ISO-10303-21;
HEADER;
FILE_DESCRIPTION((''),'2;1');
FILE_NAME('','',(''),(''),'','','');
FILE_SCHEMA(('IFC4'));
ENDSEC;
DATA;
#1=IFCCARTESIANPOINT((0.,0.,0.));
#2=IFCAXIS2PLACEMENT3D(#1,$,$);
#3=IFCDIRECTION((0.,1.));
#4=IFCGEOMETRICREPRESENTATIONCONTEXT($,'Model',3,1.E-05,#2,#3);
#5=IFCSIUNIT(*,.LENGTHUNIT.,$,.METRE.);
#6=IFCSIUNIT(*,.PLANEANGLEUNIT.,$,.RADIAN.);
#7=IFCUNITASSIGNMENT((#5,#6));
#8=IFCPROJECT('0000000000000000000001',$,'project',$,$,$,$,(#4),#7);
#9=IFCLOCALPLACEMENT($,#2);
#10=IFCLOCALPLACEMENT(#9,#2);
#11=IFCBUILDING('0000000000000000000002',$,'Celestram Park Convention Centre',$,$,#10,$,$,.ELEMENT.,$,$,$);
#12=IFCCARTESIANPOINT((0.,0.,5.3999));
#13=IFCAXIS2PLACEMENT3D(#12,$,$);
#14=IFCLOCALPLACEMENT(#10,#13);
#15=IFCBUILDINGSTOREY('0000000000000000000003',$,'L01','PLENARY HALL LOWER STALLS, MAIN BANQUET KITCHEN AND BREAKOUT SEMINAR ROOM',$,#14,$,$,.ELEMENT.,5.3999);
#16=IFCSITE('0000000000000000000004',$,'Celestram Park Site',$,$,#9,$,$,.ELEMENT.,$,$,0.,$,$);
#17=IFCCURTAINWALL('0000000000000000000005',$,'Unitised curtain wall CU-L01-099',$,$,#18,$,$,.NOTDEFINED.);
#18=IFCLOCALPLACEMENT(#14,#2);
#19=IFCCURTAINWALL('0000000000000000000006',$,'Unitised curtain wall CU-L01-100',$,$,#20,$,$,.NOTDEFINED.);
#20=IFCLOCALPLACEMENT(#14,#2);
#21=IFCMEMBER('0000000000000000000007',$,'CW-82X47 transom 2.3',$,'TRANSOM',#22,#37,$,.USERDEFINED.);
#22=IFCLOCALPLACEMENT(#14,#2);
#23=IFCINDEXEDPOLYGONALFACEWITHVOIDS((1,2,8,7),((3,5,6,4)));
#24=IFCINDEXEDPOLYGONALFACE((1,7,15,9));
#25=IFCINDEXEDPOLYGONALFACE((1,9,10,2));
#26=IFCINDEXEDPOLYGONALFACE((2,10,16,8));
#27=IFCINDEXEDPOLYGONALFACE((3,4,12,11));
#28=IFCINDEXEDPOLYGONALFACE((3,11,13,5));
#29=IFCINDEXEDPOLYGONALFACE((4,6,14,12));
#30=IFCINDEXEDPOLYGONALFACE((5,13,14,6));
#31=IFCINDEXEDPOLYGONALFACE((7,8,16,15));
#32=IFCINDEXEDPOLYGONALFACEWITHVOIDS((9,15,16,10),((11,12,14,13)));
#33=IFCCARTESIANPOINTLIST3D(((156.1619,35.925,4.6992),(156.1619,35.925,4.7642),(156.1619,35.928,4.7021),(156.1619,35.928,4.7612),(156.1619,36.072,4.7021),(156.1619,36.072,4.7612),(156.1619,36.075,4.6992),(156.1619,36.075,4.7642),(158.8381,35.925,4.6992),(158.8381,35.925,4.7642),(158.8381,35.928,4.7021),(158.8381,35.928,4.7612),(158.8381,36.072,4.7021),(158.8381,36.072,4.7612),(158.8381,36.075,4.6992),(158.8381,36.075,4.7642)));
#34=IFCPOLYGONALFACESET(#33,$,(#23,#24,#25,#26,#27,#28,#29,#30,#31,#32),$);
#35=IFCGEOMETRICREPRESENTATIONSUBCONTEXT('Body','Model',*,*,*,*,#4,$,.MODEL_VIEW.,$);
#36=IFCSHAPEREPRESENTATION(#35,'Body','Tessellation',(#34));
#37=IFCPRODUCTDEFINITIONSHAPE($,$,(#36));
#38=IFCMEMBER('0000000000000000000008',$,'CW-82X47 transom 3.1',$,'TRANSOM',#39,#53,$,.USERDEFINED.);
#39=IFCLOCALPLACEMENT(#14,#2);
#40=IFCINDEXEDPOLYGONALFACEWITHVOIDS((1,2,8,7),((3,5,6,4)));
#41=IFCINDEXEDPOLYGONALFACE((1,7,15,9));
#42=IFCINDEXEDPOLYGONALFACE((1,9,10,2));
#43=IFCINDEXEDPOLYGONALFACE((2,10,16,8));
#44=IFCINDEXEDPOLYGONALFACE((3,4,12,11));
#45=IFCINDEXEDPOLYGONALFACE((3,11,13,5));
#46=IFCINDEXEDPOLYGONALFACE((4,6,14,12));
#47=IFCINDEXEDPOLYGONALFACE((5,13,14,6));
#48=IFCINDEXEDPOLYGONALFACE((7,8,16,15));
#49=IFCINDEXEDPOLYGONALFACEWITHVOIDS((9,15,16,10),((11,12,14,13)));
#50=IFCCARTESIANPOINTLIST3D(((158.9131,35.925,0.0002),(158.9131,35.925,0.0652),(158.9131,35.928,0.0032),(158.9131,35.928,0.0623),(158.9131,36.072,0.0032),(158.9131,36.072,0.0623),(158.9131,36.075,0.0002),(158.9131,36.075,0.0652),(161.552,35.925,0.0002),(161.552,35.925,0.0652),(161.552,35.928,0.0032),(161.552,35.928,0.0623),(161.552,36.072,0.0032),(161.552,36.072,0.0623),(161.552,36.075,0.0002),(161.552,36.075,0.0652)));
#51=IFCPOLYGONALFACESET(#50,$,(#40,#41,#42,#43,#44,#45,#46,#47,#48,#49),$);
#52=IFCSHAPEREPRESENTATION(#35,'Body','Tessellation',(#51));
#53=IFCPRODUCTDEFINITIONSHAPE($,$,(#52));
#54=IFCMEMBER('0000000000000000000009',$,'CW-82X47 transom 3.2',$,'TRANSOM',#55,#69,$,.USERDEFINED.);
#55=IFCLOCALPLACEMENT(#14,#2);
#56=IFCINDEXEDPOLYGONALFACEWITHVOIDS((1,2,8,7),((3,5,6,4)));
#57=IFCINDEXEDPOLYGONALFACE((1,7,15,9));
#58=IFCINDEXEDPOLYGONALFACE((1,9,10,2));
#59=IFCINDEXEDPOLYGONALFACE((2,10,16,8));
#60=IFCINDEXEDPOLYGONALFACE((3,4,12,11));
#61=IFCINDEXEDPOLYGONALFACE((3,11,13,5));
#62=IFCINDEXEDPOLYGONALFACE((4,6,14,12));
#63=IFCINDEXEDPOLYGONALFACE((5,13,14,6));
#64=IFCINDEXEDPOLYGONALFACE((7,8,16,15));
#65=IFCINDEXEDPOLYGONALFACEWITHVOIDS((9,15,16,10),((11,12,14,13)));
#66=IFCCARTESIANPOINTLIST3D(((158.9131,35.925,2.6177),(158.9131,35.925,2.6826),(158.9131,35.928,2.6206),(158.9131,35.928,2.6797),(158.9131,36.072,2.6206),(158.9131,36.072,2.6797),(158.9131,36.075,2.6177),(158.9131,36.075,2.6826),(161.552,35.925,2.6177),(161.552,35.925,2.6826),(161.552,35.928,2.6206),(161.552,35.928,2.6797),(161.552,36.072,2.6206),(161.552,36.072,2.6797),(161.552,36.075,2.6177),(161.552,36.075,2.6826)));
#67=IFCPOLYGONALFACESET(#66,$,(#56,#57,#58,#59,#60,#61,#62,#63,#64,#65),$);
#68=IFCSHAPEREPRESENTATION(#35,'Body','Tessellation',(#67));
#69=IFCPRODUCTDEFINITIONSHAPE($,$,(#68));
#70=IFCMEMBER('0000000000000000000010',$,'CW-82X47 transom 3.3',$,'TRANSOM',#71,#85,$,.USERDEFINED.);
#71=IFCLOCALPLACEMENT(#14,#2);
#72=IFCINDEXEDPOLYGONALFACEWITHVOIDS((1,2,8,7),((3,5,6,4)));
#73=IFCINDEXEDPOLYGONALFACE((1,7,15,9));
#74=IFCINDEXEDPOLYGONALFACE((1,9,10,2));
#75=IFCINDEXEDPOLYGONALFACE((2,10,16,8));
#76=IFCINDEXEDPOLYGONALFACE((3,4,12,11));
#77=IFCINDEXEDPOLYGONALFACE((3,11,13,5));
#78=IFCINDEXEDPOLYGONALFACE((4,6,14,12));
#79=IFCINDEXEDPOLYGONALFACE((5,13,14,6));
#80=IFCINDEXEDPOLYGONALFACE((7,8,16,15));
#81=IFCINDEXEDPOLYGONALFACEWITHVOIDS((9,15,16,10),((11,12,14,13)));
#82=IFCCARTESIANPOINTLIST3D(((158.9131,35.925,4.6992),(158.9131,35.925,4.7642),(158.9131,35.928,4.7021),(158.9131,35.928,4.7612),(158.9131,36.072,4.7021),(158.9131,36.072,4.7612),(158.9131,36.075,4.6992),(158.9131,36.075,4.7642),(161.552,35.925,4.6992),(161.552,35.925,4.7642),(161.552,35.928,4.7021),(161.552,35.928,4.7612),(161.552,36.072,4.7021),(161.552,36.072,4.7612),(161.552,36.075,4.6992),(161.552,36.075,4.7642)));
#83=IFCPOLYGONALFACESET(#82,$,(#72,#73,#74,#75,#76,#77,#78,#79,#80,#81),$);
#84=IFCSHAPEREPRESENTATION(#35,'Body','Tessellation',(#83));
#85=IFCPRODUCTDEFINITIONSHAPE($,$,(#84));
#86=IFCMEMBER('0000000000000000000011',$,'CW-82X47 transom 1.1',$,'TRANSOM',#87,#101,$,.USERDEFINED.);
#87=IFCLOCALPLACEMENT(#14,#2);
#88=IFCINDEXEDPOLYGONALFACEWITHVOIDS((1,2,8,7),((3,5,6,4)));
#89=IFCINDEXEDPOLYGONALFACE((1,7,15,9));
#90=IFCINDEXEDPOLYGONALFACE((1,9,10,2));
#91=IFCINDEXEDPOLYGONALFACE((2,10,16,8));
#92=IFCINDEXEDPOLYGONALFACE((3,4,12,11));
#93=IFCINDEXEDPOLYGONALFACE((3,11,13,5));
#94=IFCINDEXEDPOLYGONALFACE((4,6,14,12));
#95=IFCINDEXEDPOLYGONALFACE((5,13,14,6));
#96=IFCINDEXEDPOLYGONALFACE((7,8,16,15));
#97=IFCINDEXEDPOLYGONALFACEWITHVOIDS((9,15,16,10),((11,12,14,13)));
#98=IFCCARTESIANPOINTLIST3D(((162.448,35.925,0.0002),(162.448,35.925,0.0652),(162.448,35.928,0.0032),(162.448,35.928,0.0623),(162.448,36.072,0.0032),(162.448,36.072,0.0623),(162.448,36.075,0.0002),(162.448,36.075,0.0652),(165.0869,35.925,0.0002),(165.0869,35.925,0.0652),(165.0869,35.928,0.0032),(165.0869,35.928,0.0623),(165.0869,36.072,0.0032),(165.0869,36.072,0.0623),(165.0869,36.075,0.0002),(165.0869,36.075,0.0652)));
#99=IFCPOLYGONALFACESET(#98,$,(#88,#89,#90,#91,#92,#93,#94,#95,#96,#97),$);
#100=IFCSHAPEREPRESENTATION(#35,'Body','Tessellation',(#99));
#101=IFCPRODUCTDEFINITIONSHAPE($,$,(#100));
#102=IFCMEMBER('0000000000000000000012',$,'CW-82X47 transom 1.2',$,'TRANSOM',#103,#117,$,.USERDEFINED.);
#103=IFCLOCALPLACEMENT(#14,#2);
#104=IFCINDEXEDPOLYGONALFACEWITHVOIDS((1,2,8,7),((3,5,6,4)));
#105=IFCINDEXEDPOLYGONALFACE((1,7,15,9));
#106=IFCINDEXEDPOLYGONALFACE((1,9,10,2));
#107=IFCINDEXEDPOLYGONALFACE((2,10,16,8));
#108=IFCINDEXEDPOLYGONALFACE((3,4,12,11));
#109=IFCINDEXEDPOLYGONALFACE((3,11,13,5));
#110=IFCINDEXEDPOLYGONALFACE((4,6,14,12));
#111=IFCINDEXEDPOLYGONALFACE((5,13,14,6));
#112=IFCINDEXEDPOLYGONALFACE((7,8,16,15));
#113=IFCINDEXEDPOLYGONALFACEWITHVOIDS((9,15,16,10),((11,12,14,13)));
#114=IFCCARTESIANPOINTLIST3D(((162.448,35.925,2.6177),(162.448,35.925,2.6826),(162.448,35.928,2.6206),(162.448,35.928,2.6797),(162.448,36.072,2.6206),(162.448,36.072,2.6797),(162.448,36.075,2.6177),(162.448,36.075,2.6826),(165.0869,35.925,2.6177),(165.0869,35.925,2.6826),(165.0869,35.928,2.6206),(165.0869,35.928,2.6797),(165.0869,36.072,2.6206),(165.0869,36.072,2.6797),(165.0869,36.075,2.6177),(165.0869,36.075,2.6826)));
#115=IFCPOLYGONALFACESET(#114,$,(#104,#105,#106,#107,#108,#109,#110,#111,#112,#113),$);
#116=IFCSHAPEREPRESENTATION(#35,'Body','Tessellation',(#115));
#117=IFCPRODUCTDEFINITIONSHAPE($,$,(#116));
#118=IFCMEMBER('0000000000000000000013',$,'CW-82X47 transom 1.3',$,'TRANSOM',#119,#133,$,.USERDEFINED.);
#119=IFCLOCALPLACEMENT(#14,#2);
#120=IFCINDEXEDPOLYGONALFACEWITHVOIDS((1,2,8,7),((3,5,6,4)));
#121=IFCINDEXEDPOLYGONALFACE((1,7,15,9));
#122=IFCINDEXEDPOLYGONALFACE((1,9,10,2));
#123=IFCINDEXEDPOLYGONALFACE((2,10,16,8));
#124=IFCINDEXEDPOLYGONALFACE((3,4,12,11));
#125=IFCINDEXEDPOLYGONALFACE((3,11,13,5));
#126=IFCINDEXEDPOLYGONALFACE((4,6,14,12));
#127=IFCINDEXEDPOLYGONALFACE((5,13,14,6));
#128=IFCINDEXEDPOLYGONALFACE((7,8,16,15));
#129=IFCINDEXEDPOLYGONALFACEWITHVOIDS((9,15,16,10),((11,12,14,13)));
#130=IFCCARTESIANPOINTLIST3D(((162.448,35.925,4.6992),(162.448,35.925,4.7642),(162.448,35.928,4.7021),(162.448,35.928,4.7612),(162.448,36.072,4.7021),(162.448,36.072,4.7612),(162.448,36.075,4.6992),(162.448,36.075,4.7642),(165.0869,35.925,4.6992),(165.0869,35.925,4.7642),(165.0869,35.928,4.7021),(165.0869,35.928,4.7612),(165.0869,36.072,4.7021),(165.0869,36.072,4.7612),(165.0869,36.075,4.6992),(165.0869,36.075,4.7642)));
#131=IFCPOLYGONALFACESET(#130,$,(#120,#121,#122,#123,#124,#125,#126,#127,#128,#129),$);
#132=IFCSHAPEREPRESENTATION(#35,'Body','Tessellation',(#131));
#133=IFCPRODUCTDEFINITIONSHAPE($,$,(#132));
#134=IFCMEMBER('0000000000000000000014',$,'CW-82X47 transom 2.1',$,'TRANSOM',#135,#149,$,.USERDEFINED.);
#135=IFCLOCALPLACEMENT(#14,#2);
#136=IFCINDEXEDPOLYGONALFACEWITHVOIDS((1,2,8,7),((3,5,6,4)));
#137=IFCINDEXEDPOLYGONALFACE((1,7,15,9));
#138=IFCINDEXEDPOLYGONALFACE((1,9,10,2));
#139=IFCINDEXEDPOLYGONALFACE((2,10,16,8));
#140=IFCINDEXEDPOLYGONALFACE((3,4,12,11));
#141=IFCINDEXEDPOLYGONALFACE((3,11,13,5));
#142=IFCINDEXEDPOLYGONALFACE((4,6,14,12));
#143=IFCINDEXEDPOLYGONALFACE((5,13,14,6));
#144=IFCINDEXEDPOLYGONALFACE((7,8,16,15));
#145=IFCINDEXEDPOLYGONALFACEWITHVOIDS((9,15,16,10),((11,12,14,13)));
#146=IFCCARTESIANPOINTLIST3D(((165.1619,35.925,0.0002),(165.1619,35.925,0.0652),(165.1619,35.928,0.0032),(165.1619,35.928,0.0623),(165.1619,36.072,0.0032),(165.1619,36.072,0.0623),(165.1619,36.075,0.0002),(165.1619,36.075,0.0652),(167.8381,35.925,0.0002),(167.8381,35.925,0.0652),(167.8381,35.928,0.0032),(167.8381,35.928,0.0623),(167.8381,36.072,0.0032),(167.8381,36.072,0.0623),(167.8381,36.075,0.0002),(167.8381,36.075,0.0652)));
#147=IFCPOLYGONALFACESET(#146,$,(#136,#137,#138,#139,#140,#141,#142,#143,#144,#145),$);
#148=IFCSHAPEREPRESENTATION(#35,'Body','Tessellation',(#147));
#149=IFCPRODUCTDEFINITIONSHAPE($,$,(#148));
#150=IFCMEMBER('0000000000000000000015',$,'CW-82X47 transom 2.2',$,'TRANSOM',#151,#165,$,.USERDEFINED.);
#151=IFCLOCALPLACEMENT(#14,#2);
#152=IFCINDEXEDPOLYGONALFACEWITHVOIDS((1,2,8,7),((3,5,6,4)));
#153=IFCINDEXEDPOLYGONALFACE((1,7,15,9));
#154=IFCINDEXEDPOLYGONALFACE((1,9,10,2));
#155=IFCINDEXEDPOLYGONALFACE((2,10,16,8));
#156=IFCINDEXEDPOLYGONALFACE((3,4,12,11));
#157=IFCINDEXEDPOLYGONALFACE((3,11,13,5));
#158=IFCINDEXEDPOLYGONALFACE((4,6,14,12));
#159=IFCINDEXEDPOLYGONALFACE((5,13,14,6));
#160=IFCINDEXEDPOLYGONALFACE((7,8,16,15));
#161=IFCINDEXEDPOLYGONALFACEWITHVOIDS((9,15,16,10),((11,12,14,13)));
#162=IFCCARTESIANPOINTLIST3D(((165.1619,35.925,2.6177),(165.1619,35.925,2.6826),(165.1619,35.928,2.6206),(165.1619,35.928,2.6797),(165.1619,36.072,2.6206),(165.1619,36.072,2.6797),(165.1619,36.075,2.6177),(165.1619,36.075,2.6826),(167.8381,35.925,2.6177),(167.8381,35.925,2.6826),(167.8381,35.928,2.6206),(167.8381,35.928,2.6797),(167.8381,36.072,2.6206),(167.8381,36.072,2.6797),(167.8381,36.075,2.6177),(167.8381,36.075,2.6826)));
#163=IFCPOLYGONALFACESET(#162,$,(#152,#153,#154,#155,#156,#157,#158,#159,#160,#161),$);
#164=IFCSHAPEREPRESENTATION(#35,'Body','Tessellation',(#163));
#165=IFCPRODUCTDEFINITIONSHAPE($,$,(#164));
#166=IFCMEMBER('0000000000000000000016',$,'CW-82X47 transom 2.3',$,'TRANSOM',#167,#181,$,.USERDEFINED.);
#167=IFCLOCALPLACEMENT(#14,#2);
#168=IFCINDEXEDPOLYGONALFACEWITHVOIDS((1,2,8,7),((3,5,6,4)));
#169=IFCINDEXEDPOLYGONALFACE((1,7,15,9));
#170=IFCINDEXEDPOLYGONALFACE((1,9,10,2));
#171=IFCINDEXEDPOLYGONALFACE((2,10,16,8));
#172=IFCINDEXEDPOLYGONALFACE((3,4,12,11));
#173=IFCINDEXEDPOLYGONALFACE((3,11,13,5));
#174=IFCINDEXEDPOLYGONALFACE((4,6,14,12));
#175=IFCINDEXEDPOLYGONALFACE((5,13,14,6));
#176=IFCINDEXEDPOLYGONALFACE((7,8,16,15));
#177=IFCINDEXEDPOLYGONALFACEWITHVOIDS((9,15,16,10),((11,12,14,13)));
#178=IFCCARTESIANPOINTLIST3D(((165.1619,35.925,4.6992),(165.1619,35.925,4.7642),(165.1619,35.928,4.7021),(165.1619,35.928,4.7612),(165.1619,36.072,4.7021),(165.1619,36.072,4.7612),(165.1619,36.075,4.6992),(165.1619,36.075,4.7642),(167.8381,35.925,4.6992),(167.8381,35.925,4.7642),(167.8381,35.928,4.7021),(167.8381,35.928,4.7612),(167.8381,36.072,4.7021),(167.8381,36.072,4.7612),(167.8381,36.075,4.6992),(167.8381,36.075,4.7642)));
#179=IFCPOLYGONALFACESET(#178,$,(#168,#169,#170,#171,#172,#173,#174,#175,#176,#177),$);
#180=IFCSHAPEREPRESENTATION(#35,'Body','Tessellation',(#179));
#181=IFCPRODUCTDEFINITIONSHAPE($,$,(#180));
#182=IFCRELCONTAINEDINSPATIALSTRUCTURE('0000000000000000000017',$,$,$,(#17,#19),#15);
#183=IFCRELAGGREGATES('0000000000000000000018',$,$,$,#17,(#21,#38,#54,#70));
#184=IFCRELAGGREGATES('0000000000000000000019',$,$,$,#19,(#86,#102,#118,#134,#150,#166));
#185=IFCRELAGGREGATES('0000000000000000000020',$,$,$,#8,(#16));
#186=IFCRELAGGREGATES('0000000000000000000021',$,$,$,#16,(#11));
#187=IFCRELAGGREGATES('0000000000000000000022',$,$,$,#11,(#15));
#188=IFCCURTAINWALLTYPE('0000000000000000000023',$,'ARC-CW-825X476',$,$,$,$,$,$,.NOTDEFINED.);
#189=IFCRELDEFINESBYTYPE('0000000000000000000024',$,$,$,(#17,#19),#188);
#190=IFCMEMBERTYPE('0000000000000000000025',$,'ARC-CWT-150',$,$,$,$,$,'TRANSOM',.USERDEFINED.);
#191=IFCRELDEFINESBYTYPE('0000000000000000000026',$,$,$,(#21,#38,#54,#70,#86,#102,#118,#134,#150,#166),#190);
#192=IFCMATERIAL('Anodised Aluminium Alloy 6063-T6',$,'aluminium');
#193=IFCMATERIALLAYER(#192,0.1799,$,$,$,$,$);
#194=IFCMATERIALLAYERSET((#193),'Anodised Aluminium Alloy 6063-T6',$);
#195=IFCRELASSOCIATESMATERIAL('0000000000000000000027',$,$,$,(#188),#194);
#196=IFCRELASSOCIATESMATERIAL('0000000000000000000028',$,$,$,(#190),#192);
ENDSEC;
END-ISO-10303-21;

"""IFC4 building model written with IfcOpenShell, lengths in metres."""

from ifc_helpers import new_model, si_unit, direction, frame, origin, origin_2d, place, context, subcontext, project, spatial, hollow_rectangle, extrude, material, layer, layer_set, material_profile, profile_set, type_object, element, aggregate, save


model = new_model("IFC4")

# Units and contexts
model_context = context("Model", 3, precision=1e-05, world=origin(), true_north=direction((0.0, 1.0)))
body_context = subcontext(model_context, "Body", "Model", "MODEL_VIEW")
ifc_project = project(units=[si_unit("LENGTHUNIT", "METRE"), si_unit("PLANEANGLEUNIT", "RADIAN")], contexts=[model_context])

# Site, building, storey
site_placement = place(None, origin())
site = spatial("IfcSite", under=ifc_project, at=site_placement, Name="Celestram Park Site", CompositionType="ELEMENT", RefElevation=0.0)
building_placement = place(site_placement, origin())
building = spatial("IfcBuilding", under=site, at=building_placement, Name="Celestram Park Convention Centre", CompositionType="ELEMENT")
storey_placement = place(building_placement, frame((0.0, 0.0, 5.3999)))
storey = spatial("IfcBuildingStorey", under=building, at=storey_placement, Name="L01", Description="PLENARY HALL LOWER STALLS, MAIN BANQUET KITCHEN AND BREAKOUT SEMINAR ROOM", CompositionType="ELEMENT", Elevation=5.3999)

# Curtain walls
ifc_material_1 = material(Name="Anodised Aluminium Alloy 6063-T6", Category="aluminium")
ifc_layer_1 = layer(ifc_material_1, 0.1799)
ifc_layer_set_1 = layer_set([ifc_layer_1], Name="Anodised Aluminium Alloy 6063-T6")
curtain_wall_type = type_object("IfcCurtainWallType", Name="ARC-CW-825X476", PredefinedType="NOTDEFINED", material=ifc_layer_set_1)
curtain_wall_1_placement = place(storey_placement, origin())
curtain_wall_1 = element("IfcCurtainWall", 1, at=curtain_wall_1_placement, inside=storey, type_object=curtain_wall_type, Name="Unitised curtain wall CU-L01-099", PredefinedType="NOTDEFINED")
curtain_wall_2_placement = place(storey_placement, origin())
curtain_wall_2 = element("IfcCurtainWall", 2, at=curtain_wall_2_placement, inside=storey, type_object=curtain_wall_type, Name="Unitised curtain wall CU-L01-100", PredefinedType="NOTDEFINED")

# Members
ifc_material_profile_1 = material_profile(ifc_material_1, hollow_rectangle(XDim=0.1499, YDim=0.0649, WallThickness=0.0029, at=origin_2d()), Name="ALU150X65X3")
ifc_profile_set_1 = profile_set([ifc_material_profile_1], Name="Anodised Aluminium Alloy 6063-T6")
member_type_1 = type_object("IfcMemberType", Name="ARC-CWT-150", ElementType="TRANSOM", PredefinedType="USERDEFINED", material=ifc_profile_set_1)
member_1_placement = place(storey_placement, frame((156.1619, 36.0, 4.7317), z_axis=(1.0, 0.0, 0.0), x_axis=(0.0, 1.0, 0.0)))
member_1 = element("IfcMember", 3, at=member_1_placement, type_object=member_type_1, Name="CW-82X47 transom 2.3", ObjectType="TRANSOM", PredefinedType="USERDEFINED", context=body_context, shape_type="SweptSolid", body=[
    extrude(hollow_rectangle(XDim=0.1499, YDim=0.0649, WallThickness=0.0029, at=origin_2d()), origin(), (0.0, 0.0, 1.0), 2.6763),
])
member_2_placement = place(storey_placement, frame((158.9131, 36.0, 0.0327), z_axis=(1.0, 0.0, 0.0), x_axis=(0.0, 1.0, 0.0)))
member_2 = element("IfcMember", 4, at=member_2_placement, type_object=member_type_1, Name="CW-82X47 transom 3.1", ObjectType="TRANSOM", PredefinedType="USERDEFINED", context=body_context, shape_type="SweptSolid", body=[
    extrude(hollow_rectangle(XDim=0.1499, YDim=0.0649, WallThickness=0.0029, at=origin_2d()), origin(), (0.0, 0.0, 1.0), 2.6389),
])
member_3_placement = place(storey_placement, frame((158.9131, 36.0, 2.6501), z_axis=(1.0, 0.0, 0.0), x_axis=(0.0, 1.0, 0.0)))
member_3 = element("IfcMember", 5, at=member_3_placement, type_object=member_type_1, Name="CW-82X47 transom 3.2", ObjectType="TRANSOM", PredefinedType="USERDEFINED", context=body_context, shape_type="SweptSolid", body=[
    extrude(hollow_rectangle(XDim=0.1499, YDim=0.0649, WallThickness=0.0029, at=origin_2d()), origin(), (0.0, 0.0, 1.0), 2.6389),
])
member_4_placement = place(storey_placement, frame((158.9131, 36.0, 4.7317), z_axis=(1.0, 0.0, 0.0), x_axis=(0.0, 1.0, 0.0)))
member_4 = element("IfcMember", 6, at=member_4_placement, type_object=member_type_1, Name="CW-82X47 transom 3.3", ObjectType="TRANSOM", PredefinedType="USERDEFINED", context=body_context, shape_type="SweptSolid", body=[
    extrude(hollow_rectangle(XDim=0.1499, YDim=0.0649, WallThickness=0.0029, at=origin_2d()), origin(), (0.0, 0.0, 1.0), 2.6389),
])
member_5_placement = place(storey_placement, frame((162.448, 36.0, 0.0327), z_axis=(1.0, 0.0, 0.0), x_axis=(0.0, 1.0, 0.0)))
member_5 = element("IfcMember", 7, at=member_5_placement, type_object=member_type_1, Name="CW-82X47 transom 1.1", ObjectType="TRANSOM", PredefinedType="USERDEFINED", context=body_context, shape_type="SweptSolid", body=[
    extrude(hollow_rectangle(XDim=0.1499, YDim=0.0649, WallThickness=0.0029, at=origin_2d()), origin(), (0.0, 0.0, 1.0), 2.6389),
])
member_6_placement = place(storey_placement, frame((162.448, 36.0, 2.6501), z_axis=(1.0, 0.0, 0.0), x_axis=(0.0, 1.0, 0.0)))
member_6 = element("IfcMember", 8, at=member_6_placement, type_object=member_type_1, Name="CW-82X47 transom 1.2", ObjectType="TRANSOM", PredefinedType="USERDEFINED", context=body_context, shape_type="SweptSolid", body=[
    extrude(hollow_rectangle(XDim=0.1499, YDim=0.0649, WallThickness=0.0029, at=origin_2d()), origin(), (0.0, 0.0, 1.0), 2.6389),
])
member_7_placement = place(storey_placement, frame((162.448, 36.0, 4.7317), z_axis=(1.0, 0.0, 0.0), x_axis=(0.0, 1.0, 0.0)))
member_7 = element("IfcMember", 9, at=member_7_placement, type_object=member_type_1, Name="CW-82X47 transom 1.3", ObjectType="TRANSOM", PredefinedType="USERDEFINED", context=body_context, shape_type="SweptSolid", body=[
    extrude(hollow_rectangle(XDim=0.1499, YDim=0.0649, WallThickness=0.0029, at=origin_2d()), origin(), (0.0, 0.0, 1.0), 2.6389),
])
member_8_placement = place(storey_placement, frame((165.1619, 36.0, 0.0327), z_axis=(1.0, 0.0, 0.0), x_axis=(0.0, 1.0, 0.0)))
member_8 = element("IfcMember", 10, at=member_8_placement, type_object=member_type_1, Name="CW-82X47 transom 2.1", ObjectType="TRANSOM", PredefinedType="USERDEFINED", context=body_context, shape_type="SweptSolid", body=[
    extrude(hollow_rectangle(XDim=0.1499, YDim=0.0649, WallThickness=0.0029, at=origin_2d()), origin(), (0.0, 0.0, 1.0), 2.6763),
])
member_9_placement = place(storey_placement, frame((165.1619, 36.0, 2.6501), z_axis=(1.0, 0.0, 0.0), x_axis=(0.0, 1.0, 0.0)))
member_9 = element("IfcMember", 11, at=member_9_placement, type_object=member_type_1, Name="CW-82X47 transom 2.2", ObjectType="TRANSOM", PredefinedType="USERDEFINED", context=body_context, shape_type="SweptSolid", body=[
    extrude(hollow_rectangle(XDim=0.1499, YDim=0.0649, WallThickness=0.0029, at=origin_2d()), origin(), (0.0, 0.0, 1.0), 2.6763),
])
member_10_placement = place(storey_placement, frame((165.1619, 36.0, 4.7317), z_axis=(1.0, 0.0, 0.0), x_axis=(0.0, 1.0, 0.0)))
member_10 = element("IfcMember", 12, at=member_10_placement, type_object=member_type_1, Name="CW-82X47 transom 2.3", ObjectType="TRANSOM", PredefinedType="USERDEFINED", context=body_context, shape_type="SweptSolid", body=[
    extrude(hollow_rectangle(XDim=0.1499, YDim=0.0649, WallThickness=0.0029, at=origin_2d()), origin(), (0.0, 0.0, 1.0), 2.6763),
])

aggregate(curtain_wall_1, [member_1, member_2, member_3, member_4])
aggregate(curtain_wall_2, [member_5, member_6, member_7, member_8, member_9, member_10])

save(model, "model.ifc")
